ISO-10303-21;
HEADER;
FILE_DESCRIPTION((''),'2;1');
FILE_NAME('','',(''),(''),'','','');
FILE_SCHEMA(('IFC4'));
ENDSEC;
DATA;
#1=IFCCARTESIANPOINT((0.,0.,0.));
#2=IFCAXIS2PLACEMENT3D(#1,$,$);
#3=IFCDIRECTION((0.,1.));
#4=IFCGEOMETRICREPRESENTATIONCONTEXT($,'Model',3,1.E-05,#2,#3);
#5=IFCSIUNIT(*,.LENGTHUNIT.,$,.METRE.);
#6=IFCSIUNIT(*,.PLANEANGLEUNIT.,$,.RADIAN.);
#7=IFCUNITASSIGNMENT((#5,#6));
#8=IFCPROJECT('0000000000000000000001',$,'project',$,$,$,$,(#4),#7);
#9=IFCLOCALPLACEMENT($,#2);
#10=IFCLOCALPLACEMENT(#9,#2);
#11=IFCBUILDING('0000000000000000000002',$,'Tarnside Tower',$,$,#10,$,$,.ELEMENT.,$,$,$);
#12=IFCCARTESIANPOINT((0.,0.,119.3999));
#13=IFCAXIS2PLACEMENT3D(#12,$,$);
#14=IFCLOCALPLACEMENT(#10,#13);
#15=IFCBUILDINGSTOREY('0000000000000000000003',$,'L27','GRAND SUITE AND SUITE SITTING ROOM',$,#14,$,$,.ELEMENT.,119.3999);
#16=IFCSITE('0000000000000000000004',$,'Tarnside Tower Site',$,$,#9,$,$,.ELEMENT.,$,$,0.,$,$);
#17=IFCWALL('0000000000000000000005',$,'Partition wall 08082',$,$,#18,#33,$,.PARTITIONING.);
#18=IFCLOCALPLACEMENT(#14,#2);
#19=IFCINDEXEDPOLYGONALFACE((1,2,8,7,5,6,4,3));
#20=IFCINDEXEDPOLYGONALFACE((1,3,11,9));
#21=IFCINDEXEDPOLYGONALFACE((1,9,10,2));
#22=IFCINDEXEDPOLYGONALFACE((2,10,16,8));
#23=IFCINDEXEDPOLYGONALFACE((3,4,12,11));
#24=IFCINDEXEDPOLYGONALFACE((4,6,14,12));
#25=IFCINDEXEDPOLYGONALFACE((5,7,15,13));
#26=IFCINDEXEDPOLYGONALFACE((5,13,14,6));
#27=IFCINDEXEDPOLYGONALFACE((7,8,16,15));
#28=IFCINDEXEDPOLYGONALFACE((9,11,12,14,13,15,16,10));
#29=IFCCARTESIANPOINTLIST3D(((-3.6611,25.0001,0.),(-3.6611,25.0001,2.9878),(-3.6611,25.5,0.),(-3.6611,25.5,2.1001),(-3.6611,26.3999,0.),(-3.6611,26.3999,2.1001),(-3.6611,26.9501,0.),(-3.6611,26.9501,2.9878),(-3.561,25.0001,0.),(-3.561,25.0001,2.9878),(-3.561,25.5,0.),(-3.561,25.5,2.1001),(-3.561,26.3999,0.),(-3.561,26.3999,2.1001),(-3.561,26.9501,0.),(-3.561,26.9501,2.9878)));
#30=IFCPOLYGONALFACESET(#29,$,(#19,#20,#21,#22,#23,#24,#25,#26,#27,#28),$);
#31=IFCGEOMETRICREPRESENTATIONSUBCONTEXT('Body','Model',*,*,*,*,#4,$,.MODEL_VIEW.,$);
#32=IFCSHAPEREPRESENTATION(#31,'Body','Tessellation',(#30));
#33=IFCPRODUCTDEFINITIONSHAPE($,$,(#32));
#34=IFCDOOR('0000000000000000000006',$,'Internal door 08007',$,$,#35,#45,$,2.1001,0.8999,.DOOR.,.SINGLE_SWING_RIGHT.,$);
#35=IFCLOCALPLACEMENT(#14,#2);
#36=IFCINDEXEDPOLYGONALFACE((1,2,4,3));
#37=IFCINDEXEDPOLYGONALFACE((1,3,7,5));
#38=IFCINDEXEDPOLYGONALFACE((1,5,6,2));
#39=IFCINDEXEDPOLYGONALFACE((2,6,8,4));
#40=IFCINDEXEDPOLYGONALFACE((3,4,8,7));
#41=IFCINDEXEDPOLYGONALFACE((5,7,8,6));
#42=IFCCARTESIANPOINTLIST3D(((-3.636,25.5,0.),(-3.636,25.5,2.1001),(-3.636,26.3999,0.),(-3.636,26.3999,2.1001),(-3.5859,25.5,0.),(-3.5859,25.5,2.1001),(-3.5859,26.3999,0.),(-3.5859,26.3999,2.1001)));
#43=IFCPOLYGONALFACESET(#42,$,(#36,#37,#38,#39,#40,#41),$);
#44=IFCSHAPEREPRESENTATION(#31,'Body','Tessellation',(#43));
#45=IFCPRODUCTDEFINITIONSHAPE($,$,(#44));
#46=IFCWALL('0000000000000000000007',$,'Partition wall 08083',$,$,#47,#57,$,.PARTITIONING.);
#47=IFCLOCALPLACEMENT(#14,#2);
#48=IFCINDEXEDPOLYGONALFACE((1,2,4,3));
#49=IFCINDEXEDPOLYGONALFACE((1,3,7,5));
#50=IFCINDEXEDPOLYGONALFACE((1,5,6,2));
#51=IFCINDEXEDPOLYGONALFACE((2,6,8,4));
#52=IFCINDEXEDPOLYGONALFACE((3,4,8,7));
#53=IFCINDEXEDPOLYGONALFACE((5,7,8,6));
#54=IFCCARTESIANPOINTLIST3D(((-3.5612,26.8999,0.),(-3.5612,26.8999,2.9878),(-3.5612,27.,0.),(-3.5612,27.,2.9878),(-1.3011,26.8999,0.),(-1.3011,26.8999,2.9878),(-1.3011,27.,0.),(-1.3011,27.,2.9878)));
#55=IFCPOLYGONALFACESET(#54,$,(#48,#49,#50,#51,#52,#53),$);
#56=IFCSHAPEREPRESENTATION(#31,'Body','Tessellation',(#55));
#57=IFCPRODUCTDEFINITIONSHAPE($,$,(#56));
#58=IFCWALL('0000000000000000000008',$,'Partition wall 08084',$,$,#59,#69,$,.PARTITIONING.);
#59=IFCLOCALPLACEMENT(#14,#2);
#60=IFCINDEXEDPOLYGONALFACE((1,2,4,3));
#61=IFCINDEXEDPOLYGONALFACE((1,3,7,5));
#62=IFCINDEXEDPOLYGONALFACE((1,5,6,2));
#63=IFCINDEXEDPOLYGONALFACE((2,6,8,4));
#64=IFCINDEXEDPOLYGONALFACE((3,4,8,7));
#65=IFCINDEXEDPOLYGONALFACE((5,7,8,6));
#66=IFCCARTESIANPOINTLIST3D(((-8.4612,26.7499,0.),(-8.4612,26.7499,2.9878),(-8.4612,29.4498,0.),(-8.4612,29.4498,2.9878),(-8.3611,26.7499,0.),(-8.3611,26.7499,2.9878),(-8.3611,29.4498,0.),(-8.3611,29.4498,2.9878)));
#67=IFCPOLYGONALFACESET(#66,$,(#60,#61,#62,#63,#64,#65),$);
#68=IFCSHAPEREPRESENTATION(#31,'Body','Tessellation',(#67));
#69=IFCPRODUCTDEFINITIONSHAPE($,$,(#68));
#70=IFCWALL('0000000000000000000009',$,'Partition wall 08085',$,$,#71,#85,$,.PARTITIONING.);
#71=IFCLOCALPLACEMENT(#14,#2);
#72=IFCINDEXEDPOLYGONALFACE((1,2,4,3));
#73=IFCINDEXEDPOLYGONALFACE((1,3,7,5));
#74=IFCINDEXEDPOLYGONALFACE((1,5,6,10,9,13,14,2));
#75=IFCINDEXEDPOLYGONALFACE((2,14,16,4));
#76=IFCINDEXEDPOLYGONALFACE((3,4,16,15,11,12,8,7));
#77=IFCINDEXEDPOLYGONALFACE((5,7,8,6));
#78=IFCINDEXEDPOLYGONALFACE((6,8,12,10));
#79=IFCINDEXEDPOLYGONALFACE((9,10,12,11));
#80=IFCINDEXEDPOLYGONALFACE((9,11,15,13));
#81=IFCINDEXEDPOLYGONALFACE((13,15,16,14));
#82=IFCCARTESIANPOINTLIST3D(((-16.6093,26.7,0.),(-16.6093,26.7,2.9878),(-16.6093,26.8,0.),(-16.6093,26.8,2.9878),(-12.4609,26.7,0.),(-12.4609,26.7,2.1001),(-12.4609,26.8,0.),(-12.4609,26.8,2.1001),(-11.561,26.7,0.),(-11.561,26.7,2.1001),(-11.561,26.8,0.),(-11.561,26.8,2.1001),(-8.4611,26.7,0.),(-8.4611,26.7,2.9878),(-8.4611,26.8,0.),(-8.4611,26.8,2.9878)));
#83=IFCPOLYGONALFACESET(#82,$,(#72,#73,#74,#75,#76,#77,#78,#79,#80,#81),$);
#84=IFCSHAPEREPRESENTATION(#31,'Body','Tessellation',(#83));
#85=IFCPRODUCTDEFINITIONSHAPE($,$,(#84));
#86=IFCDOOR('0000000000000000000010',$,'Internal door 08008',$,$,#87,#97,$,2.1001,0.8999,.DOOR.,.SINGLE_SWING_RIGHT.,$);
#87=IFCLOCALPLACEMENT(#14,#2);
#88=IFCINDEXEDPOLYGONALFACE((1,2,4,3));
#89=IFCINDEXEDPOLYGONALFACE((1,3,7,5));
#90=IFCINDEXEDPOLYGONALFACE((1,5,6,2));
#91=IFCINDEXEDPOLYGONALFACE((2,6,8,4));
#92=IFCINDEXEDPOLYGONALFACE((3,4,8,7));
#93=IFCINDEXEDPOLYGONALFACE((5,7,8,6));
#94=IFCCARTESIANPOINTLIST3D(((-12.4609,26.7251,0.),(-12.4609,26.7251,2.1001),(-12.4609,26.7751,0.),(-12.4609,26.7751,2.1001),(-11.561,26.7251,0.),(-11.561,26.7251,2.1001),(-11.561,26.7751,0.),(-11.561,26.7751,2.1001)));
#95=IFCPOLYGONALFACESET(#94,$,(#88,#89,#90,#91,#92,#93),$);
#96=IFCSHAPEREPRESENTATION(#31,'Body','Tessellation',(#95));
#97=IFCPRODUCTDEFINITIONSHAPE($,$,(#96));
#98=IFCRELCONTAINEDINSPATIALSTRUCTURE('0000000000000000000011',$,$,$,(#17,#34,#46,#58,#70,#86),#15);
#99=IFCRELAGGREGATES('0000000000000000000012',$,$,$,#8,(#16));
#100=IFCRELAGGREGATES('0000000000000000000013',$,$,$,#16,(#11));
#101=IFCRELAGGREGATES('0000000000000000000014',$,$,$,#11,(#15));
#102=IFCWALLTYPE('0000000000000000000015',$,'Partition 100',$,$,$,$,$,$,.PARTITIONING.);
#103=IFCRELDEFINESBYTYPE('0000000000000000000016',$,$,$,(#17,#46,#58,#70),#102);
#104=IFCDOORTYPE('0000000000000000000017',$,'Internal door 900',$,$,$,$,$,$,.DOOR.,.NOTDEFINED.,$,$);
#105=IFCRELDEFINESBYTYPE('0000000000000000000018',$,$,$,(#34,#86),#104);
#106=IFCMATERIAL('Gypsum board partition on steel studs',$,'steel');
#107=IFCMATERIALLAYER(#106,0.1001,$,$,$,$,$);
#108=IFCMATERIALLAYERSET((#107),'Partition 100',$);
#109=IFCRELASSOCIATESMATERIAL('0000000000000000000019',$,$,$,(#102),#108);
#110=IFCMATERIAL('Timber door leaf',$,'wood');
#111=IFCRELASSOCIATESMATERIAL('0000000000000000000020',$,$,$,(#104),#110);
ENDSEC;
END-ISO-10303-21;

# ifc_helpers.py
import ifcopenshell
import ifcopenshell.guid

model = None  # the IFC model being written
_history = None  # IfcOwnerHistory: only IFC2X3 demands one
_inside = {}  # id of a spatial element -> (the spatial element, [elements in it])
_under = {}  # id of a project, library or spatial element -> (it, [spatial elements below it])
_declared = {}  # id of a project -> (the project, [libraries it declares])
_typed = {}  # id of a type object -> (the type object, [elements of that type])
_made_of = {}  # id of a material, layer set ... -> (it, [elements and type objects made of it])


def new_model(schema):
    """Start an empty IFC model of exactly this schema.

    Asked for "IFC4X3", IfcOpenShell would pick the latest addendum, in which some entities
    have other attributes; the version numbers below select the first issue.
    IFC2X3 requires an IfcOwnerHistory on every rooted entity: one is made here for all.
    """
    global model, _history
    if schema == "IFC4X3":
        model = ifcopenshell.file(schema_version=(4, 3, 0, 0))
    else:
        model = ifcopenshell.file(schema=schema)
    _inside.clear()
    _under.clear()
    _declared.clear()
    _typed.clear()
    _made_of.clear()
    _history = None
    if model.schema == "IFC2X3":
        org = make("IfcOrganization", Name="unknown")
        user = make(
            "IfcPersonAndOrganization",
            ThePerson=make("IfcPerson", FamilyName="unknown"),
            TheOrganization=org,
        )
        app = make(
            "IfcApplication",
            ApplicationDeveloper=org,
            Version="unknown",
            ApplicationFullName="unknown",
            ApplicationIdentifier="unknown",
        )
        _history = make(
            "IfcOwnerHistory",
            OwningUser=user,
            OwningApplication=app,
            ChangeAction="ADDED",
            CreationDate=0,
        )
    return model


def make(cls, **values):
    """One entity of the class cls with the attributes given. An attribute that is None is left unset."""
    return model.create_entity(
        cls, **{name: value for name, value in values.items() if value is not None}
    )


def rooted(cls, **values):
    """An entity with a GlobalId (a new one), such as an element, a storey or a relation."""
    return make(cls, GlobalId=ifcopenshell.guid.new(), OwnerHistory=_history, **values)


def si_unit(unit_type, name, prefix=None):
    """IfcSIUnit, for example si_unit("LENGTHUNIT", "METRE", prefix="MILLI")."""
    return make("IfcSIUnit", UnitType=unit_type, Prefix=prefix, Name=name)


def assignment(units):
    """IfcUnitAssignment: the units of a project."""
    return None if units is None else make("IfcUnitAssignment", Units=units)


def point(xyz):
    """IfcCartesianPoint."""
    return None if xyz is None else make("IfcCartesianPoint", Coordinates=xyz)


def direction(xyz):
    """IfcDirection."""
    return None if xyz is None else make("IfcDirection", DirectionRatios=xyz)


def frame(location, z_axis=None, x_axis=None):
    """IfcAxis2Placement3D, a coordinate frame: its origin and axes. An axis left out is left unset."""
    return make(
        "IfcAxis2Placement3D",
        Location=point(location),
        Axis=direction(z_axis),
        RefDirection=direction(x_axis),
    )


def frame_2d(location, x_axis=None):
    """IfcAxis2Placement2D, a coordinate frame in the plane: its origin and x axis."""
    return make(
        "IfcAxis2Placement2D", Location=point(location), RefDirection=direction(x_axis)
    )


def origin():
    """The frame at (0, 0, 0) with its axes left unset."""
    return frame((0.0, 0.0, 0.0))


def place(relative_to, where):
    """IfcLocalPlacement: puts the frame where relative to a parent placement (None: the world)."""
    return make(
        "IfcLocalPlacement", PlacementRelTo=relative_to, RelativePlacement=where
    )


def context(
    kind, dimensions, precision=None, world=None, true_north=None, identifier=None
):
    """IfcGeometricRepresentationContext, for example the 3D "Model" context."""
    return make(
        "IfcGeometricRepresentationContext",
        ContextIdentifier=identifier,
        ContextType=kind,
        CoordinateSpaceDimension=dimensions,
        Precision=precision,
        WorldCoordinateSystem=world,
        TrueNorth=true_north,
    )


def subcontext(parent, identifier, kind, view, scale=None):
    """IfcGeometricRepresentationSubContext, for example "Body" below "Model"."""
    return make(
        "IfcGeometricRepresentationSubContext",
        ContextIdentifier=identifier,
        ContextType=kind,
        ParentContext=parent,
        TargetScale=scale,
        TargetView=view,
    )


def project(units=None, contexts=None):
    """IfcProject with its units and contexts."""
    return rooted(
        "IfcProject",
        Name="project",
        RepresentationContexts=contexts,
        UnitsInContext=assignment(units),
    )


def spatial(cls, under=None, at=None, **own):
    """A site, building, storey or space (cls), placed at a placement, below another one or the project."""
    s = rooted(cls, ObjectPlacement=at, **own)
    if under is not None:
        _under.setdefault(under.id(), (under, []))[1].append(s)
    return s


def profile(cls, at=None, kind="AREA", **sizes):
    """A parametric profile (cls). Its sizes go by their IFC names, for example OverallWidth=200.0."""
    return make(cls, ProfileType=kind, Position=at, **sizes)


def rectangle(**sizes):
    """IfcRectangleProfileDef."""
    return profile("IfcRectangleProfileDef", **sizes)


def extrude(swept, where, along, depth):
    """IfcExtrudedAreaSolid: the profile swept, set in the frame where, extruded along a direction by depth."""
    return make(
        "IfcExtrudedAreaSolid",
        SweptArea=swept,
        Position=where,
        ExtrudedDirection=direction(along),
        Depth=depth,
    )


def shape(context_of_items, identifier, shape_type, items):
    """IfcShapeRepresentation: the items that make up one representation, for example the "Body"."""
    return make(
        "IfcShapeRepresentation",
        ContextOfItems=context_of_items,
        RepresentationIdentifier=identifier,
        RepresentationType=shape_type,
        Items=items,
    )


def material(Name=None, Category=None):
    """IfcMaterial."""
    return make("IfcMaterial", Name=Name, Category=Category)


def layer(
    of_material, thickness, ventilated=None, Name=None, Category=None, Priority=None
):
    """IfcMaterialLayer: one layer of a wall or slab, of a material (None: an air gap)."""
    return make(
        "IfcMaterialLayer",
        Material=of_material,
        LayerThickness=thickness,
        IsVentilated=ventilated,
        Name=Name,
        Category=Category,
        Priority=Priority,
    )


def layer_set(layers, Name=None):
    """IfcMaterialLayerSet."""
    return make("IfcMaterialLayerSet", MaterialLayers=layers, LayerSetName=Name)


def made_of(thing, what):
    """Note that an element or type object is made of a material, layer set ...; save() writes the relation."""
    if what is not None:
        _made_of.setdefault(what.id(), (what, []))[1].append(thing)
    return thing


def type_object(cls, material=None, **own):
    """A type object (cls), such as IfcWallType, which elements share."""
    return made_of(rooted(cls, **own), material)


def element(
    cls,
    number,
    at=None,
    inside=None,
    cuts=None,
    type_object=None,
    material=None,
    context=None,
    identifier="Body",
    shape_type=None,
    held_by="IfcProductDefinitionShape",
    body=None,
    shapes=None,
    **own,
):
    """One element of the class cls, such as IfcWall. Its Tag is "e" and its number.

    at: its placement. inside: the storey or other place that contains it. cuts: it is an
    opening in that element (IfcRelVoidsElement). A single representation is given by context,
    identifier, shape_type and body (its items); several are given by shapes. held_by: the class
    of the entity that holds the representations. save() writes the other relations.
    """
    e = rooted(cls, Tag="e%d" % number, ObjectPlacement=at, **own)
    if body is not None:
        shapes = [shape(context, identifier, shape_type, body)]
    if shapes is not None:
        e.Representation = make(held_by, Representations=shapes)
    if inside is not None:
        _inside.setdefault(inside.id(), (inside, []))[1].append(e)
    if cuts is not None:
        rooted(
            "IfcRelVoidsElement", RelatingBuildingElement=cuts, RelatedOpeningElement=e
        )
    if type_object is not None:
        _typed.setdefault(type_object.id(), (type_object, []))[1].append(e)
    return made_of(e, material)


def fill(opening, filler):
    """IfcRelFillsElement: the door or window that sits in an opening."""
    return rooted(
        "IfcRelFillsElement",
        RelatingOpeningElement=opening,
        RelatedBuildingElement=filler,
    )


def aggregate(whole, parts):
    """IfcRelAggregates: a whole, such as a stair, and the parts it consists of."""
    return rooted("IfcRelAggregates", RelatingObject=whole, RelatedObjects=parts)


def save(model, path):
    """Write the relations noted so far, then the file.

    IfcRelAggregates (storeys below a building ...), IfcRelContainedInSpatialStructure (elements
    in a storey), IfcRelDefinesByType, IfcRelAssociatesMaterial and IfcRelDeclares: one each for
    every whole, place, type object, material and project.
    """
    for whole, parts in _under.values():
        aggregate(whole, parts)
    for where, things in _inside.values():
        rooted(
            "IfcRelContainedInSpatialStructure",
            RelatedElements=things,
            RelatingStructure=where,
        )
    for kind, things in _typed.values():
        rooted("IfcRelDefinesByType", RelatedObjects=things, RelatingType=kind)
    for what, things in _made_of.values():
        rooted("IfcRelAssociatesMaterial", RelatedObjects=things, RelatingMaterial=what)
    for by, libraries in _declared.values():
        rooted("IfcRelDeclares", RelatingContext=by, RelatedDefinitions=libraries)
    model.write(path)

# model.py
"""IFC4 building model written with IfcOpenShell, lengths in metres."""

from ifc_helpers import new_model, si_unit, direction, frame, frame_2d, origin, place, context, subcontext, project, spatial, rectangle, extrude, material, layer, layer_set, type_object, element, fill, save


model = new_model("IFC4")

# Units and contexts
model_context = context("Model", 3, precision=1e-05, world=origin(), true_north=direction((0.0, 1.0)))
body_context = subcontext(model_context, "Body", "Model", "MODEL_VIEW")
ifc_project = project(units=[si_unit("LENGTHUNIT", "METRE"), si_unit("PLANEANGLEUNIT", "RADIAN")], contexts=[model_context])

# Site, building, storey
site_placement = place(None, origin())
site = spatial("IfcSite", under=ifc_project, at=site_placement, Name="Tarnside Tower Site", CompositionType="ELEMENT", RefElevation=0.0)
building_placement = place(site_placement, origin())
building = spatial("IfcBuilding", under=site, at=building_placement, Name="Tarnside Tower", CompositionType="ELEMENT")
storey_placement = place(building_placement, frame((0.0, 0.0, 119.3999)))
storey = spatial("IfcBuildingStorey", under=building, at=storey_placement, Name="L27", Description="GRAND SUITE AND SUITE SITTING ROOM", CompositionType="ELEMENT", Elevation=119.3999)

# Shared definitions
ifc_material_1 = material(Name="Gypsum board partition on steel studs", Category="steel")

# Shared definitions
ifc_material_2 = material(Name="Timber door leaf", Category="wood")

# Wall, opening, door
ifc_layer_1 = layer(ifc_material_1, 0.1001)
ifc_layer_set_1 = layer_set([ifc_layer_1], Name="Partition 100")
wall_type_1 = type_object("IfcWallType", Name="Partition 100", PredefinedType="PARTITIONING", material=ifc_layer_set_1)
wall_1_placement = place(storey_placement, frame((-3.6111, 25.0, 0.0), z_axis=(0.0, 0.0, 1.0), x_axis=(0.0, 1.0, 0.0)))
wall_1 = element("IfcWall", 1, at=wall_1_placement, inside=storey, type_object=wall_type_1, Name="Partition wall 08082", PredefinedType="PARTITIONING", context=body_context, shape_type="SweptSolid", body=[
    extrude(rectangle(XDim=1.95, YDim=0.1001, at=frame_2d((0.9751, 0.0))), origin(), (0.0, 0.0, 1.0), 2.9878),
])
opening_1_placement = place(wall_1_placement, frame((0.5, 0.0, 0.0)))
opening_1 = element("IfcOpeningElement", 2, at=opening_1_placement, cuts=wall_1, PredefinedType="OPENING", context=body_context, shape_type="SweptSolid", body=[
    extrude(rectangle(XDim=0.8999, YDim=2.1001, at=frame_2d((0.45, 1.05))), frame((0.0, 0.0601, 0.0), z_axis=(0.0, -1.0, 0.0), x_axis=(1.0, 0.0, 0.0)), (0.0, 0.0, 1.0), 0.1201),
])
door_type_1 = type_object("IfcDoorType", Name="Internal door 900", OperationType="NOTDEFINED", PredefinedType="DOOR", material=ifc_material_2)
door_1_placement = place(opening_1_placement, origin())
door_1 = element("IfcDoor", 3, at=door_1_placement, inside=storey, type_object=door_type_1, Name="Internal door 08007", OperationType="SINGLE_SWING_RIGHT", OverallHeight=2.1001, OverallWidth=0.8999, PredefinedType="DOOR", context=body_context, shape_type="SweptSolid", body=[
    extrude(rectangle(XDim=0.8999, YDim=2.1001, at=frame_2d((0.45, 1.05))), frame((0.0, 0.0249, 0.0), z_axis=(0.0, -1.0, 0.0), x_axis=(1.0, 0.0, 0.0)), (0.0, 0.0, 1.0), 0.05),
])
fill(opening_1, door_1)

# Walls
wall_2_placement = place(storey_placement, frame((-3.561, 26.95, 0.0), z_axis=(0.0, 0.0, 1.0), x_axis=(1.0, 0.0, 0.0)))
element("IfcWall", 4, at=wall_2_placement, inside=storey, type_object=wall_type_1, Name="Partition wall 08083", PredefinedType="PARTITIONING", context=body_context, shape_type="SweptSolid", body=[
    extrude(rectangle(XDim=2.26, YDim=0.1001, at=frame_2d((1.1299, 0.0))), origin(), (0.0, 0.0, 1.0), 2.9878),
])
wall_3_placement = place(storey_placement, frame((-8.4111, 29.45, 0.0), z_axis=(0.0, 0.0, 1.0), x_axis=(0.0, -1.0, 0.0)))
element("IfcWall", 5, at=wall_3_placement, inside=storey, type_object=wall_type_1, Name="Partition wall 08084", PredefinedType="PARTITIONING", context=body_context, shape_type="SweptSolid", body=[
    extrude(rectangle(XDim=2.7, YDim=0.1001, at=frame_2d((1.3501, 0.0))), origin(), (0.0, 0.0, 1.0), 2.9878),
])

# Wall, opening, door
wall_4_placement = place(storey_placement, frame((-8.4609, 26.75, 0.0), z_axis=(0.0, 0.0, 1.0), x_axis=(-1.0, 0.0, 0.0)))
wall_4 = element("IfcWall", 6, at=wall_4_placement, inside=storey, type_object=wall_type_1, Name="Partition wall 08085", PredefinedType="PARTITIONING", context=body_context, shape_type="SweptSolid", body=[
    extrude(rectangle(XDim=8.1482, YDim=0.1001, at=frame_2d((4.0742, 0.0))), origin(), (0.0, 0.0, 1.0), 2.9878),
])
opening_2_placement = place(wall_4_placement, frame((3.1001, 0.0, 0.0)))
opening_2 = element("IfcOpeningElement", 7, at=opening_2_placement, cuts=wall_4, PredefinedType="OPENING", context=body_context, shape_type="SweptSolid", body=[
    extrude(rectangle(XDim=0.8999, YDim=2.1001, at=frame_2d((0.45, 1.05))), frame((0.0, 0.0601, 0.0), z_axis=(0.0, -1.0, 0.0), x_axis=(1.0, 0.0, 0.0)), (0.0, 0.0, 1.0), 0.1201),
])
door_2_placement = place(opening_2_placement, origin())
door_2 = element("IfcDoor", 8, at=door_2_placement, inside=storey, type_object=door_type_1, Name="Internal door 08008", OperationType="SINGLE_SWING_RIGHT", OverallHeight=2.1001, OverallWidth=0.8999, PredefinedType="DOOR", context=body_context, shape_type="SweptSolid", body=[
    extrude(rectangle(XDim=0.8999, YDim=2.1001, at=frame_2d((0.45, 1.05))), frame((0.0, 0.0249, 0.0), z_axis=(0.0, -1.0, 0.0), x_axis=(1.0, 0.0, 0.0)), (0.0, 0.0, 1.0), 0.05),
])
fill(opening_2, door_2)

save(model, "model.ifc")
